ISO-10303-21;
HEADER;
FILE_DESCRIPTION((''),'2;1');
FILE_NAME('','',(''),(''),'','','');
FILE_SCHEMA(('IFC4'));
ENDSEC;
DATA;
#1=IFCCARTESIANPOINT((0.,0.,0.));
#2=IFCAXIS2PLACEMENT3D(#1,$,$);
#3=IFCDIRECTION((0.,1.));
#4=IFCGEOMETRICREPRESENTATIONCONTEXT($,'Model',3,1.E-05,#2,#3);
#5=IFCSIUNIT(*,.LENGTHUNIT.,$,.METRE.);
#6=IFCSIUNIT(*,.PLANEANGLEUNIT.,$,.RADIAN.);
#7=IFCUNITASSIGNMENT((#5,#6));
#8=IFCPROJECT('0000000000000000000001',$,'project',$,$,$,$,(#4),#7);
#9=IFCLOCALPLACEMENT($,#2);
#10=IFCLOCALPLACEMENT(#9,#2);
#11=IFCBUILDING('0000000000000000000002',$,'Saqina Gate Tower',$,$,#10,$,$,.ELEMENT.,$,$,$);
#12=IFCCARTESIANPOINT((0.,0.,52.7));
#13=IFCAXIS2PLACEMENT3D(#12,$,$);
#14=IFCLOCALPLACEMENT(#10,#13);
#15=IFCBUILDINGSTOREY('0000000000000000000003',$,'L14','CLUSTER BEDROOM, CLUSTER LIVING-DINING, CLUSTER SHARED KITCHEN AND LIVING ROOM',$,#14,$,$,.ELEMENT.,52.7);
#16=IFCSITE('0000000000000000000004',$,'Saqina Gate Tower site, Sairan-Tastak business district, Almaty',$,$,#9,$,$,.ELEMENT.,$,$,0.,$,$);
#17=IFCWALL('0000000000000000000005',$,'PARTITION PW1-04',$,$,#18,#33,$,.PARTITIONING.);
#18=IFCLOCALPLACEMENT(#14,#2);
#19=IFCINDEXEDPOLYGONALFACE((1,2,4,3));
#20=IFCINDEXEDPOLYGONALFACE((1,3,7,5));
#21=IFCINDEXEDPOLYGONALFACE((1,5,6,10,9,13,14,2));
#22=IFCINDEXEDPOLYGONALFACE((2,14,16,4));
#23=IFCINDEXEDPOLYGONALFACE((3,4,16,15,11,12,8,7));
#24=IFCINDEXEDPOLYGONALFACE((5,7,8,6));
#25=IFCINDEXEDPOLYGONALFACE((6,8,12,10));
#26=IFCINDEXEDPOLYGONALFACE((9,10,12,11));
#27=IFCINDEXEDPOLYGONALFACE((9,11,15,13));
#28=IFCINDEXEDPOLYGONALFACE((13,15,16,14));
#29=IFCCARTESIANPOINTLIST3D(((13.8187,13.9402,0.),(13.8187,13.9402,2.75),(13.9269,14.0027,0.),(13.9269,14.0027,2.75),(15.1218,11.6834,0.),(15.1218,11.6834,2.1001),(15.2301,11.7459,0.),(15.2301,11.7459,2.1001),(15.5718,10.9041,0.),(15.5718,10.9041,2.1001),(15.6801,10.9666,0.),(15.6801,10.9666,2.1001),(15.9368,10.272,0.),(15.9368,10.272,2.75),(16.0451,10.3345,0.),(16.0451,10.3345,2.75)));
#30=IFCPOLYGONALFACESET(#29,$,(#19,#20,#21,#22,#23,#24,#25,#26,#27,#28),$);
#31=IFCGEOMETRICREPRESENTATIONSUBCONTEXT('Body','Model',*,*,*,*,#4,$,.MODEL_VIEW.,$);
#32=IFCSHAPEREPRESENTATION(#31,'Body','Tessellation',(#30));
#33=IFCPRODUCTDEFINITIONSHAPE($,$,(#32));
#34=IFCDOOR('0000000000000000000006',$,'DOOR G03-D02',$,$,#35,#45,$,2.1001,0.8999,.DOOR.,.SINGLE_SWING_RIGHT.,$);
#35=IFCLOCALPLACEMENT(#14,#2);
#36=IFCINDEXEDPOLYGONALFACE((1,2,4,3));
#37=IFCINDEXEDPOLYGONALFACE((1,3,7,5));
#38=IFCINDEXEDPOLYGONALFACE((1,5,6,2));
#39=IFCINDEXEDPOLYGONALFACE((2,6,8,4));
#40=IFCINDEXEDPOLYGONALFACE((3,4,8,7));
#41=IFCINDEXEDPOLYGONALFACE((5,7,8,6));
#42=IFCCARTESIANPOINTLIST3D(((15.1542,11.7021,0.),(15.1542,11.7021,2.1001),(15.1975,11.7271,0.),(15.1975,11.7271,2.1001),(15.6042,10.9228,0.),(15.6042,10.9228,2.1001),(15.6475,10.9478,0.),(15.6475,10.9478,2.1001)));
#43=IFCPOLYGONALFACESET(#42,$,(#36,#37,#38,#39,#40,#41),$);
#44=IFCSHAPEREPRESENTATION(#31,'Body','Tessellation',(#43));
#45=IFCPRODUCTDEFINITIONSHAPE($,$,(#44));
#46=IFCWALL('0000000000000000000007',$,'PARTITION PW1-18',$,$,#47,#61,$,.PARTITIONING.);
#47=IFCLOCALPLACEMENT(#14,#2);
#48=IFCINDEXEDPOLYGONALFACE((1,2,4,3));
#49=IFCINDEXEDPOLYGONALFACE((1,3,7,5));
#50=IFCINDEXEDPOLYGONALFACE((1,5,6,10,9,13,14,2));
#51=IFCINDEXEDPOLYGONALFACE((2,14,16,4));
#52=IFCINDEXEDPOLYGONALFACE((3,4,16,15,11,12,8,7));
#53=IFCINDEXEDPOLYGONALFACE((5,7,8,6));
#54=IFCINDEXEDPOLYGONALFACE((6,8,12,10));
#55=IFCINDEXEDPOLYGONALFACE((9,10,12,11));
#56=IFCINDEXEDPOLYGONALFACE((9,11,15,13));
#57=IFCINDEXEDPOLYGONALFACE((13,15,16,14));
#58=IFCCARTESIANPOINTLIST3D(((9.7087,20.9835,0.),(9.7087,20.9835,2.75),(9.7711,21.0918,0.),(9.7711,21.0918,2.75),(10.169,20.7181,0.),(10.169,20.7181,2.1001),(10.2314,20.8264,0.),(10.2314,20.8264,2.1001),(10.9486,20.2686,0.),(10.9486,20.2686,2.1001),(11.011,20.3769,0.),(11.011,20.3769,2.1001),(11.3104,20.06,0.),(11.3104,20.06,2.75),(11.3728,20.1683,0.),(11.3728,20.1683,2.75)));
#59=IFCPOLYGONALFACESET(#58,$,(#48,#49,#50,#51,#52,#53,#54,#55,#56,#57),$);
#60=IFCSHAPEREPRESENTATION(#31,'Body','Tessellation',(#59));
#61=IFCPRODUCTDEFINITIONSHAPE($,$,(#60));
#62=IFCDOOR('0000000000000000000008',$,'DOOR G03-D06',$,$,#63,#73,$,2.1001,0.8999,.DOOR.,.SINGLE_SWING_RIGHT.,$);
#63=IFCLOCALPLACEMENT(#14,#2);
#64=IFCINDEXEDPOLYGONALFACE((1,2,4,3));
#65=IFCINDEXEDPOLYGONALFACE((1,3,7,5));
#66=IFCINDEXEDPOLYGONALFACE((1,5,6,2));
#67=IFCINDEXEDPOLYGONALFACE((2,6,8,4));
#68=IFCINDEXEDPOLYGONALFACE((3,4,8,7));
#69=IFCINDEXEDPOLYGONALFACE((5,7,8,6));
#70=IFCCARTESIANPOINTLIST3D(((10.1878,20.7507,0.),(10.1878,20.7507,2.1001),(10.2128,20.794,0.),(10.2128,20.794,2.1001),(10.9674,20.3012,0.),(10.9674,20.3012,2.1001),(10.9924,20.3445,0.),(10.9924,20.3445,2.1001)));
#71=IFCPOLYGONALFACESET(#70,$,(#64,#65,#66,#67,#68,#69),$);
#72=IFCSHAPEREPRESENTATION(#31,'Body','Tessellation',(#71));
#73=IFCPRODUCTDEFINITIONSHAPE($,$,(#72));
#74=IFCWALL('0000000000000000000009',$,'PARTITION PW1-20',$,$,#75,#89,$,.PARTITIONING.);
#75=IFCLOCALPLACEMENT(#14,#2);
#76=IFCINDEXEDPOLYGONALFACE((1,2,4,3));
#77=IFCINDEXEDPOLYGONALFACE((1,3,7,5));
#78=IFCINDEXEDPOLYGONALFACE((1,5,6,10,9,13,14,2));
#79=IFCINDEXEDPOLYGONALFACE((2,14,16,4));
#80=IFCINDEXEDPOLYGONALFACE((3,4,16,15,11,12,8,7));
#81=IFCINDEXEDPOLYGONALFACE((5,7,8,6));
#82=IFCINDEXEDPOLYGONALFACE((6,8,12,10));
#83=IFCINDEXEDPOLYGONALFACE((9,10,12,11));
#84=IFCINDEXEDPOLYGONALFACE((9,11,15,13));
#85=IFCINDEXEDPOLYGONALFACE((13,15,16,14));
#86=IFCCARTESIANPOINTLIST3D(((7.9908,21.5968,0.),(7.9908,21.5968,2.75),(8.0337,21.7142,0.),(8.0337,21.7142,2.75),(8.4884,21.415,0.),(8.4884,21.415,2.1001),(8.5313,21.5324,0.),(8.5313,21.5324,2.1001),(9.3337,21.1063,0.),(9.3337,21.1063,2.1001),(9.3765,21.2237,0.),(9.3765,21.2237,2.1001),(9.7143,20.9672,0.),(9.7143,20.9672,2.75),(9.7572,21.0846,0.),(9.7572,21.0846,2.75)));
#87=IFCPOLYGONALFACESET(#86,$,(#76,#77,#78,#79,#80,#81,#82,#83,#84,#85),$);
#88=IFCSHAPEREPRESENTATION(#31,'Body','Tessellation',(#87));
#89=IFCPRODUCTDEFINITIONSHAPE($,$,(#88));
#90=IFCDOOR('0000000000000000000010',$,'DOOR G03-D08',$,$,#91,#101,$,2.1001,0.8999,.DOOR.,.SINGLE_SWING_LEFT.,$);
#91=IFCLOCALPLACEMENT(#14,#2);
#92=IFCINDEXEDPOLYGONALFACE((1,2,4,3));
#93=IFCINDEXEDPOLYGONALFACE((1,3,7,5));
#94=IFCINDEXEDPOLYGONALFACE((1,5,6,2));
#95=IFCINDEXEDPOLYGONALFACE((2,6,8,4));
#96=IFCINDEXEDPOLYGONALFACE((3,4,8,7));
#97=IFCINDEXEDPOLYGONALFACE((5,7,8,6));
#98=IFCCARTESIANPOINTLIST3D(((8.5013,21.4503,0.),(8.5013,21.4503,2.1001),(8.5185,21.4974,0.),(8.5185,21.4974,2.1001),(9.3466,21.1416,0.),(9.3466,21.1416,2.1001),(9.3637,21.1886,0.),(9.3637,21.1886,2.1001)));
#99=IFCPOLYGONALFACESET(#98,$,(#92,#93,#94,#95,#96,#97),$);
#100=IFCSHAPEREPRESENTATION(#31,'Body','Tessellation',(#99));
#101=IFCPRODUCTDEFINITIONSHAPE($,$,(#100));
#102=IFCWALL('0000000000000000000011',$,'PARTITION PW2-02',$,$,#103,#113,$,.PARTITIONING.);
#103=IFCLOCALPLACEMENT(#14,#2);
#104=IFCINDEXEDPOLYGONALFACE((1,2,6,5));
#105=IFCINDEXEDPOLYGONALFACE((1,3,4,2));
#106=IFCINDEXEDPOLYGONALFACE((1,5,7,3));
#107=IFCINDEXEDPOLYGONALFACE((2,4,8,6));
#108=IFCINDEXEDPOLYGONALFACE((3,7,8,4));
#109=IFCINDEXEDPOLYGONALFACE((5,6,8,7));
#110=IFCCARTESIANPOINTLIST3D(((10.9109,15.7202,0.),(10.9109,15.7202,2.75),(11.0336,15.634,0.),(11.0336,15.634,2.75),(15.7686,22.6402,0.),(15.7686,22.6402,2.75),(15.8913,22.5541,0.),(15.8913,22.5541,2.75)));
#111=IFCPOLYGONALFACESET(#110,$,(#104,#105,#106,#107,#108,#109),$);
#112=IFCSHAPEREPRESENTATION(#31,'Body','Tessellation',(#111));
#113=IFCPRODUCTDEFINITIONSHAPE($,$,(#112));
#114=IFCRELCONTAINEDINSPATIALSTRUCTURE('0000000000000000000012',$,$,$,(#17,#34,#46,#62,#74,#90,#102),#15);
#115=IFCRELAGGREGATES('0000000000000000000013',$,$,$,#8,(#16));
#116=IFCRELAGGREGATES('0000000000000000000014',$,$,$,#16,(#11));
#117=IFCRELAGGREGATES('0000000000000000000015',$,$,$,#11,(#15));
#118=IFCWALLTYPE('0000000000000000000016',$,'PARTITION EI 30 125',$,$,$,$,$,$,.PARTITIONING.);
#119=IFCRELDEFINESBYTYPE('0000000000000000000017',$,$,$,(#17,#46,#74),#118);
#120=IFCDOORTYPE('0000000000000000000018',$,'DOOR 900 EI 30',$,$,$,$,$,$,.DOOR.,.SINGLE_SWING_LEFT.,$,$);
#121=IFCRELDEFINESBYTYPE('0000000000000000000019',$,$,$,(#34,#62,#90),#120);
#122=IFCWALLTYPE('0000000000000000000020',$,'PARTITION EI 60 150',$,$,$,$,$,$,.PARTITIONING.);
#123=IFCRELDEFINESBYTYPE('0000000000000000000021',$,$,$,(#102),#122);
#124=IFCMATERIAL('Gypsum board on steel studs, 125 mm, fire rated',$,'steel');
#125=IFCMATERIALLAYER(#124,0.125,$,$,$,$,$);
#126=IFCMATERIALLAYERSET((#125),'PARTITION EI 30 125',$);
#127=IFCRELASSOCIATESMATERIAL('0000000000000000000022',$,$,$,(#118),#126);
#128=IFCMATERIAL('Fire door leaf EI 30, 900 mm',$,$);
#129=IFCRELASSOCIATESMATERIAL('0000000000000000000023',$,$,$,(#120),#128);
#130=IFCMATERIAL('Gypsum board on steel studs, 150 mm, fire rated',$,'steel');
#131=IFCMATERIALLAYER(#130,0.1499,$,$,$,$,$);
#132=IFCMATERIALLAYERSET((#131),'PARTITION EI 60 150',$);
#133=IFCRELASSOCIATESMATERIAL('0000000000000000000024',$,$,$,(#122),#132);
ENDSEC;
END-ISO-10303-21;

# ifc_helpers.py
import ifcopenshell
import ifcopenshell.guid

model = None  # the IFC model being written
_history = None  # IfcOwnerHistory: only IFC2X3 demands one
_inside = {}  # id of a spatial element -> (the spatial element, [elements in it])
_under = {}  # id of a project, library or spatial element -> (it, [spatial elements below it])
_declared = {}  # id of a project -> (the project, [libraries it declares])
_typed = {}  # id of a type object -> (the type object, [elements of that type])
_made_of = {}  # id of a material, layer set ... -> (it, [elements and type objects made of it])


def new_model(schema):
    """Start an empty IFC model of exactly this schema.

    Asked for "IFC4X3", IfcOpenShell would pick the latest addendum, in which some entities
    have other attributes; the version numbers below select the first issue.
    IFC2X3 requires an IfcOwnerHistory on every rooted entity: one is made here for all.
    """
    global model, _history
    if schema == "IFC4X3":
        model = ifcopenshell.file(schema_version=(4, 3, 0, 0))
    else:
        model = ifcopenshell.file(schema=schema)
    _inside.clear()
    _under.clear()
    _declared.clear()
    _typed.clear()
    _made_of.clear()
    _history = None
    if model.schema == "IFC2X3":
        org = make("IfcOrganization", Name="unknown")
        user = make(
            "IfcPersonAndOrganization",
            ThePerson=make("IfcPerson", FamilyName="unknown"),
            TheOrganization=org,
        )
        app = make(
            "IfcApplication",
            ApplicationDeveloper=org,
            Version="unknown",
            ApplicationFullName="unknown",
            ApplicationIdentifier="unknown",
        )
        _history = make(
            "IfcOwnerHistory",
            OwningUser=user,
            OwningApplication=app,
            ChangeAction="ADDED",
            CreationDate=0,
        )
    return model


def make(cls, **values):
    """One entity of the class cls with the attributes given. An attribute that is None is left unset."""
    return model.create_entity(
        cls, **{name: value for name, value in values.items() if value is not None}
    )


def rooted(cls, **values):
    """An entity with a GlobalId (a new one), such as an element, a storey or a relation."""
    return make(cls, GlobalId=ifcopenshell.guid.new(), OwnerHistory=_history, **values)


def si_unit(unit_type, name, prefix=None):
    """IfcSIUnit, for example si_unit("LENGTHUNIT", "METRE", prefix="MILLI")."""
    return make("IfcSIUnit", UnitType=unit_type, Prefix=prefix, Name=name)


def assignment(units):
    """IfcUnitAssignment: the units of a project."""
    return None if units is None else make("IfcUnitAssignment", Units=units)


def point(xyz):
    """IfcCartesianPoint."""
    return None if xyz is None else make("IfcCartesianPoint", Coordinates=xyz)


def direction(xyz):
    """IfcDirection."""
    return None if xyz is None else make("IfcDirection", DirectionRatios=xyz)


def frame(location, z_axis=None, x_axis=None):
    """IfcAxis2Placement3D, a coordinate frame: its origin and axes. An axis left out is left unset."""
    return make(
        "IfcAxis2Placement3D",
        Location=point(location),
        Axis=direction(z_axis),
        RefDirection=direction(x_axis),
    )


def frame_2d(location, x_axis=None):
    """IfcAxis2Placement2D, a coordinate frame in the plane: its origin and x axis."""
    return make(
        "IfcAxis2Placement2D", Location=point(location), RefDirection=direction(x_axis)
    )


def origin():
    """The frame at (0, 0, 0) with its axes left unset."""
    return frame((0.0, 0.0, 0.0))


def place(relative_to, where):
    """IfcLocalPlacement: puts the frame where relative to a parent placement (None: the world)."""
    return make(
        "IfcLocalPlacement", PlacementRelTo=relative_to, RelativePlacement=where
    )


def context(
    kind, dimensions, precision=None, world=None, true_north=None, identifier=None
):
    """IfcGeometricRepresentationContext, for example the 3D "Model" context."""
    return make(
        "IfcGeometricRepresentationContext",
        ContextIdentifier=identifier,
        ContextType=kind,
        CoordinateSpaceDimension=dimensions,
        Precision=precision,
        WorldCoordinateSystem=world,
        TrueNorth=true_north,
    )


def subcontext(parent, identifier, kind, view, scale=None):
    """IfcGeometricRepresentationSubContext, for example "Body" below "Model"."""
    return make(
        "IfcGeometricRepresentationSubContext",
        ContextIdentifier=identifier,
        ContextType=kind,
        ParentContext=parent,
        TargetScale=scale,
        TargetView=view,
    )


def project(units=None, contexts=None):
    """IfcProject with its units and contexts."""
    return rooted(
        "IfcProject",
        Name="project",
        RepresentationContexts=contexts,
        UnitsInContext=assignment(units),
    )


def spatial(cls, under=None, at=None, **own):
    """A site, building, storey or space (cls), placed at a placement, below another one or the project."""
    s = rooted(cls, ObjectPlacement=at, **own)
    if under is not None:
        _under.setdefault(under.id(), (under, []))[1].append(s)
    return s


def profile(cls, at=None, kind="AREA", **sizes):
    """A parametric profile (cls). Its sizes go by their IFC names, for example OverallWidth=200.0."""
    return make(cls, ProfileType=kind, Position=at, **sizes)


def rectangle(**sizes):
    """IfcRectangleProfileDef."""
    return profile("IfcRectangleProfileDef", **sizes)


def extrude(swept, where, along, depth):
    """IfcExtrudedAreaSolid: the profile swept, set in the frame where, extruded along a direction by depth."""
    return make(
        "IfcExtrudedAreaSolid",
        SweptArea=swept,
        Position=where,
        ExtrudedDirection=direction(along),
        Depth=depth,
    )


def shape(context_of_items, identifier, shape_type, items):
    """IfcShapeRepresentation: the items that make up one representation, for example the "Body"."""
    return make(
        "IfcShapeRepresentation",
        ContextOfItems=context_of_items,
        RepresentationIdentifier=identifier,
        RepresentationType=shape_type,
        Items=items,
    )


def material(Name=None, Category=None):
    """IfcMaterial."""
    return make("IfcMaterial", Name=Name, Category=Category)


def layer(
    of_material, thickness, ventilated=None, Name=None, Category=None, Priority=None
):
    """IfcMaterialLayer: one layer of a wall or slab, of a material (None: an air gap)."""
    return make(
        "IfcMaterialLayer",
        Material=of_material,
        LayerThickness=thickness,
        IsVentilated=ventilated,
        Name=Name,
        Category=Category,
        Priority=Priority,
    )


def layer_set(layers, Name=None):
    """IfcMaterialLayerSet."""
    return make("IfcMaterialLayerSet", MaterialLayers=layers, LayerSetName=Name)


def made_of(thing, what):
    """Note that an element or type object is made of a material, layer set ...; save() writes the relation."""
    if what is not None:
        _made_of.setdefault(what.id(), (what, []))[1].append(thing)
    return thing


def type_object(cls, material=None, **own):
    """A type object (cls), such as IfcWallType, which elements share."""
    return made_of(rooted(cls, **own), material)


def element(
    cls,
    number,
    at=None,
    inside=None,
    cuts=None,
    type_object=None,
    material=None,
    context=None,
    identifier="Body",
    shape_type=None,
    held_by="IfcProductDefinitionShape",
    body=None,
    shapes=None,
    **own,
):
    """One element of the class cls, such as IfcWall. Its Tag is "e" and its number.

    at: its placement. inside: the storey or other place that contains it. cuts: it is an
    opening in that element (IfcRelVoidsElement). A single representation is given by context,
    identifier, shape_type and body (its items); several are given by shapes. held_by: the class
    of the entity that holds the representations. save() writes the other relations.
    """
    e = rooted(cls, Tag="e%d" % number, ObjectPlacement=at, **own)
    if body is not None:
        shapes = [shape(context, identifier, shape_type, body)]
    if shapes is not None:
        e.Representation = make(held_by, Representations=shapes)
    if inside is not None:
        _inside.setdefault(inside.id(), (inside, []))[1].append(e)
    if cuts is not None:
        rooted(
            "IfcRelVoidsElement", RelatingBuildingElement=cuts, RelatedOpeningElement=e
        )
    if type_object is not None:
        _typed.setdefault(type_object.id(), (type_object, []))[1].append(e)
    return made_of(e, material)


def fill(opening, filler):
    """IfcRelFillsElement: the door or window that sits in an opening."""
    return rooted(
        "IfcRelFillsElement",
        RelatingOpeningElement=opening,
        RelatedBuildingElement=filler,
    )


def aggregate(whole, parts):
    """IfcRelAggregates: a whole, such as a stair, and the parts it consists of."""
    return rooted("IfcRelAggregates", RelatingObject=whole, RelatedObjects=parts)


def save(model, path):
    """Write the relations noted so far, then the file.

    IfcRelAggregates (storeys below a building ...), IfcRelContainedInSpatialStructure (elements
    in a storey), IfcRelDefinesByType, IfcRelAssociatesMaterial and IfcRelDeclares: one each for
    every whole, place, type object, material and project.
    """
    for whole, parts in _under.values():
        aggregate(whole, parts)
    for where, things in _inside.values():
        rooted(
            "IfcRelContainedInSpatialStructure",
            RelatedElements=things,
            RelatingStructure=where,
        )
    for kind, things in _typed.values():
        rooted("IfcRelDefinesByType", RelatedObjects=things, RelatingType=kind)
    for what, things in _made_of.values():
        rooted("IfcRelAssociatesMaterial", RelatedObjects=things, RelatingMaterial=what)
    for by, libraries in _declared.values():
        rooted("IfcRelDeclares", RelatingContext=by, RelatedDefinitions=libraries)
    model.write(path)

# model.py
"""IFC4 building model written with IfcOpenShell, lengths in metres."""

from ifc_helpers import new_model, si_unit, direction, frame, frame_2d, origin, place, context, subcontext, project, spatial, rectangle, extrude, material, layer, layer_set, type_object, element, fill, save


model = new_model("IFC4")

# Units and contexts
model_context = context("Model", 3, precision=1e-05, world=origin(), true_north=direction((0.0, 1.0)))
body_context = subcontext(model_context, "Body", "Model", "MODEL_VIEW")
ifc_project = project(units=[si_unit("LENGTHUNIT", "METRE"), si_unit("PLANEANGLEUNIT", "RADIAN")], contexts=[model_context])

# Site, building, storey
site_placement = place(None, origin())
site = spatial("IfcSite", under=ifc_project, at=site_placement, Name="Saqina Gate Tower site, Sairan-Tastak business district, Almaty", CompositionType="ELEMENT", RefElevation=0.0)
building_placement = place(site_placement, origin())
building = spatial("IfcBuilding", under=site, at=building_placement, Name="Saqina Gate Tower", CompositionType="ELEMENT")
storey_placement = place(building_placement, frame((0.0, 0.0, 52.7)))
storey = spatial("IfcBuildingStorey", under=building, at=storey_placement, Name="L14", Description="CLUSTER BEDROOM, CLUSTER LIVING-DINING, CLUSTER SHARED KITCHEN AND LIVING ROOM", CompositionType="ELEMENT", Elevation=52.7)

# Walls, openings, doors
ifc_material_1 = material(Name="Gypsum board on steel studs, 125 mm, fire rated", Category="steel")
ifc_layer_1 = layer(ifc_material_1, 0.125)
ifc_layer_set_1 = layer_set([ifc_layer_1], Name="PARTITION EI 30 125")
wall_type_1 = type_object("IfcWallType", Name="PARTITION EI 30 125", PredefinedType="PARTITIONING", material=ifc_layer_set_1)
wall_1_placement = place(storey_placement, frame((13.8728, 13.9714, 0.0), z_axis=(0.0, 0.0, 1.0), x_axis=(0.500057, -0.865993, 0.0)))
wall_1 = element("IfcWall", 1, at=wall_1_placement, inside=storey, type_object=wall_type_1, Name="PARTITION PW1-04", PredefinedType="PARTITIONING", context=body_context, shape_type="SweptSolid", body=[
    extrude(rectangle(XDim=4.2358, YDim=0.125, at=frame_2d((2.1179, 0.0))), origin(), (0.0, 0.0, 1.0), 2.75),
])
opening_1_placement = place(wall_1_placement, frame((2.606, 0.0, 0.0)))
opening_1 = element("IfcOpeningElement", 2, at=opening_1_placement, cuts=wall_1, PredefinedType="OPENING", context=body_context, shape_type="SweptSolid", body=[
    extrude(rectangle(XDim=0.8999, YDim=2.1001, at=frame_2d((0.45, 1.05))), frame((0.0, 0.0745, 0.0), z_axis=(0.0, -1.0, 0.0), x_axis=(1.0, 0.0, 0.0)), (0.0, 0.0, 1.0), 0.1489),
])
ifc_material_2 = material(Name="Fire door leaf EI 30, 900 mm")
door_type_1 = type_object("IfcDoorType", Name="DOOR 900 EI 30", OperationType="SINGLE_SWING_LEFT", PredefinedType="DOOR", material=ifc_material_2)
door_1_placement = place(opening_1_placement, origin())
door_1 = element("IfcDoor", 3, at=door_1_placement, inside=storey, type_object=door_type_1, Name="DOOR G03-D02", OperationType="SINGLE_SWING_RIGHT", OverallHeight=2.1001, OverallWidth=0.8999, PredefinedType="DOOR", context=body_context, shape_type="SweptSolid", body=[
    extrude(rectangle(XDim=0.8999, YDim=2.1001, at=frame_2d((0.45, 1.05))), frame((0.0, 0.0249, 0.0), z_axis=(0.0, -1.0, 0.0), x_axis=(1.0, 0.0, 0.0)), (0.0, 0.0, 1.0), 0.05),
])
fill(opening_1, door_1)
wall_2_placement = place(storey_placement, frame((9.74, 21.0376, 0.0), z_axis=(0.0, 0.0, 1.0), x_axis=(0.866311, -0.499505, 0.0)))
wall_2 = element("IfcWall", 4, at=wall_2_placement, inside=storey, type_object=wall_type_1, Name="PARTITION PW1-18", PredefinedType="PARTITIONING", context=body_context, shape_type="SweptSolid", body=[
    extrude(rectangle(XDim=1.8489, YDim=0.125, at=frame_2d((0.9243, 0.0))), origin(), (0.0, 0.0, 1.0), 2.75),
])
opening_2_placement = place(wall_2_placement, frame((0.5312, 0.0, 0.0)))
opening_2 = element("IfcOpeningElement", 5, at=opening_2_placement, cuts=wall_2, PredefinedType="OPENING", context=body_context, shape_type="SweptSolid", body=[
    extrude(rectangle(XDim=0.8999, YDim=2.1001, at=frame_2d((0.45, 1.05))), frame((0.0, 0.0745, 0.0), z_axis=(0.0, -1.0, 0.0), x_axis=(1.0, 0.0, 0.0)), (0.0, 0.0, 1.0), 0.1489),
])
door_2_placement = place(opening_2_placement, frame((0.8999, 0.0, 0.0), z_axis=(0.0, 0.0, 1.0), x_axis=(-1.0, 0.0, 0.0)))
door_2 = element("IfcDoor", 6, at=door_2_placement, inside=storey, type_object=door_type_1, Name="DOOR G03-D06", OperationType="SINGLE_SWING_RIGHT", OverallHeight=2.1001, OverallWidth=0.8999, PredefinedType="DOOR", context=body_context, shape_type="SweptSolid", body=[
    extrude(rectangle(XDim=0.8999, YDim=2.1001, at=frame_2d((0.45, 1.05))), frame((0.0, 0.0249, 0.0), z_axis=(0.0, -1.0, 0.0), x_axis=(1.0, 0.0, 0.0)), (0.0, 0.0, 1.0), 0.05),
])
fill(opening_2, door_2)
wall_3_placement = place(storey_placement, frame((8.0122, 21.6555, 0.0), z_axis=(0.0, 0.0, 1.0), x_axis=(0.939291, -0.343121, 0.0)))
wall_3 = element("IfcWall", 7, at=wall_3_placement, inside=storey, type_object=wall_type_1, Name="PARTITION PW1-20", PredefinedType="PARTITIONING", context=body_context, shape_type="SweptSolid", body=[
    extrude(rectangle(XDim=1.835, YDim=0.125, at=frame_2d((0.9175, 0.0))), origin(), (0.0, 0.0, 1.0), 2.75),
])
opening_3_placement = place(wall_3_placement, frame((0.5298, 0.0, 0.0)))
opening_3 = element("IfcOpeningElement", 8, at=opening_3_placement, cuts=wall_3, PredefinedType="OPENING", context=body_context, shape_type="SweptSolid", body=[
    extrude(rectangle(XDim=0.8999, YDim=2.1001, at=frame_2d((0.45, 1.05))), frame((0.0, 0.0745, 0.0), z_axis=(0.0, -1.0, 0.0), x_axis=(1.0, 0.0, 0.0)), (0.0, 0.0, 1.0), 0.1489),
])
door_3_placement = place(opening_3_placement, frame((0.8999, 0.0, 0.0), z_axis=(0.0, 0.0, 1.0), x_axis=(-1.0, 0.0, 0.0)))
door_3 = element("IfcDoor", 9, at=door_3_placement, inside=storey, type_object=door_type_1, Name="DOOR G03-D08", OperationType="SINGLE_SWING_LEFT", OverallHeight=2.1001, OverallWidth=0.8999, PredefinedType="DOOR", context=body_context, shape_type="SweptSolid", body=[
    extrude(rectangle(XDim=0.8999, YDim=2.1001, at=frame_2d((0.45, 1.05))), frame((0.0, 0.0249, 0.0), z_axis=(0.0, -1.0, 0.0), x_axis=(1.0, 0.0, 0.0)), (0.0, 0.0, 1.0), 0.05),
])
fill(opening_3, door_3)

# Wall
ifc_material_3 = material(Name="Gypsum board on steel studs, 150 mm, fire rated", Category="steel")
ifc_layer_2 = layer(ifc_material_3, 0.1499)
ifc_layer_set_2 = layer_set([ifc_layer_2], Name="PARTITION EI 60 150")
wall_type_2 = type_object("IfcWallType", Name="PARTITION EI 60 150", PredefinedType="PARTITIONING", material=ifc_layer_set_2)
wall_4_placement = place(storey_placement, frame((10.9722, 15.677, 0.0), z_axis=(0.0, 0.0, 1.0), x_axis=(0.574551, 0.818469, 0.0)))
element("IfcWall", 10, at=wall_4_placement, inside=storey, type_object=wall_type_2, Name="PARTITION PW2-02", PredefinedType="PARTITIONING", context=body_context, shape_type="SweptSolid", body=[
    extrude(rectangle(XDim=8.4548, YDim=0.1499, at=frame_2d((4.2275, 0.0))), origin(), (0.0, 0.0, 1.0), 2.75),
])

save(model, "model.ifc")
